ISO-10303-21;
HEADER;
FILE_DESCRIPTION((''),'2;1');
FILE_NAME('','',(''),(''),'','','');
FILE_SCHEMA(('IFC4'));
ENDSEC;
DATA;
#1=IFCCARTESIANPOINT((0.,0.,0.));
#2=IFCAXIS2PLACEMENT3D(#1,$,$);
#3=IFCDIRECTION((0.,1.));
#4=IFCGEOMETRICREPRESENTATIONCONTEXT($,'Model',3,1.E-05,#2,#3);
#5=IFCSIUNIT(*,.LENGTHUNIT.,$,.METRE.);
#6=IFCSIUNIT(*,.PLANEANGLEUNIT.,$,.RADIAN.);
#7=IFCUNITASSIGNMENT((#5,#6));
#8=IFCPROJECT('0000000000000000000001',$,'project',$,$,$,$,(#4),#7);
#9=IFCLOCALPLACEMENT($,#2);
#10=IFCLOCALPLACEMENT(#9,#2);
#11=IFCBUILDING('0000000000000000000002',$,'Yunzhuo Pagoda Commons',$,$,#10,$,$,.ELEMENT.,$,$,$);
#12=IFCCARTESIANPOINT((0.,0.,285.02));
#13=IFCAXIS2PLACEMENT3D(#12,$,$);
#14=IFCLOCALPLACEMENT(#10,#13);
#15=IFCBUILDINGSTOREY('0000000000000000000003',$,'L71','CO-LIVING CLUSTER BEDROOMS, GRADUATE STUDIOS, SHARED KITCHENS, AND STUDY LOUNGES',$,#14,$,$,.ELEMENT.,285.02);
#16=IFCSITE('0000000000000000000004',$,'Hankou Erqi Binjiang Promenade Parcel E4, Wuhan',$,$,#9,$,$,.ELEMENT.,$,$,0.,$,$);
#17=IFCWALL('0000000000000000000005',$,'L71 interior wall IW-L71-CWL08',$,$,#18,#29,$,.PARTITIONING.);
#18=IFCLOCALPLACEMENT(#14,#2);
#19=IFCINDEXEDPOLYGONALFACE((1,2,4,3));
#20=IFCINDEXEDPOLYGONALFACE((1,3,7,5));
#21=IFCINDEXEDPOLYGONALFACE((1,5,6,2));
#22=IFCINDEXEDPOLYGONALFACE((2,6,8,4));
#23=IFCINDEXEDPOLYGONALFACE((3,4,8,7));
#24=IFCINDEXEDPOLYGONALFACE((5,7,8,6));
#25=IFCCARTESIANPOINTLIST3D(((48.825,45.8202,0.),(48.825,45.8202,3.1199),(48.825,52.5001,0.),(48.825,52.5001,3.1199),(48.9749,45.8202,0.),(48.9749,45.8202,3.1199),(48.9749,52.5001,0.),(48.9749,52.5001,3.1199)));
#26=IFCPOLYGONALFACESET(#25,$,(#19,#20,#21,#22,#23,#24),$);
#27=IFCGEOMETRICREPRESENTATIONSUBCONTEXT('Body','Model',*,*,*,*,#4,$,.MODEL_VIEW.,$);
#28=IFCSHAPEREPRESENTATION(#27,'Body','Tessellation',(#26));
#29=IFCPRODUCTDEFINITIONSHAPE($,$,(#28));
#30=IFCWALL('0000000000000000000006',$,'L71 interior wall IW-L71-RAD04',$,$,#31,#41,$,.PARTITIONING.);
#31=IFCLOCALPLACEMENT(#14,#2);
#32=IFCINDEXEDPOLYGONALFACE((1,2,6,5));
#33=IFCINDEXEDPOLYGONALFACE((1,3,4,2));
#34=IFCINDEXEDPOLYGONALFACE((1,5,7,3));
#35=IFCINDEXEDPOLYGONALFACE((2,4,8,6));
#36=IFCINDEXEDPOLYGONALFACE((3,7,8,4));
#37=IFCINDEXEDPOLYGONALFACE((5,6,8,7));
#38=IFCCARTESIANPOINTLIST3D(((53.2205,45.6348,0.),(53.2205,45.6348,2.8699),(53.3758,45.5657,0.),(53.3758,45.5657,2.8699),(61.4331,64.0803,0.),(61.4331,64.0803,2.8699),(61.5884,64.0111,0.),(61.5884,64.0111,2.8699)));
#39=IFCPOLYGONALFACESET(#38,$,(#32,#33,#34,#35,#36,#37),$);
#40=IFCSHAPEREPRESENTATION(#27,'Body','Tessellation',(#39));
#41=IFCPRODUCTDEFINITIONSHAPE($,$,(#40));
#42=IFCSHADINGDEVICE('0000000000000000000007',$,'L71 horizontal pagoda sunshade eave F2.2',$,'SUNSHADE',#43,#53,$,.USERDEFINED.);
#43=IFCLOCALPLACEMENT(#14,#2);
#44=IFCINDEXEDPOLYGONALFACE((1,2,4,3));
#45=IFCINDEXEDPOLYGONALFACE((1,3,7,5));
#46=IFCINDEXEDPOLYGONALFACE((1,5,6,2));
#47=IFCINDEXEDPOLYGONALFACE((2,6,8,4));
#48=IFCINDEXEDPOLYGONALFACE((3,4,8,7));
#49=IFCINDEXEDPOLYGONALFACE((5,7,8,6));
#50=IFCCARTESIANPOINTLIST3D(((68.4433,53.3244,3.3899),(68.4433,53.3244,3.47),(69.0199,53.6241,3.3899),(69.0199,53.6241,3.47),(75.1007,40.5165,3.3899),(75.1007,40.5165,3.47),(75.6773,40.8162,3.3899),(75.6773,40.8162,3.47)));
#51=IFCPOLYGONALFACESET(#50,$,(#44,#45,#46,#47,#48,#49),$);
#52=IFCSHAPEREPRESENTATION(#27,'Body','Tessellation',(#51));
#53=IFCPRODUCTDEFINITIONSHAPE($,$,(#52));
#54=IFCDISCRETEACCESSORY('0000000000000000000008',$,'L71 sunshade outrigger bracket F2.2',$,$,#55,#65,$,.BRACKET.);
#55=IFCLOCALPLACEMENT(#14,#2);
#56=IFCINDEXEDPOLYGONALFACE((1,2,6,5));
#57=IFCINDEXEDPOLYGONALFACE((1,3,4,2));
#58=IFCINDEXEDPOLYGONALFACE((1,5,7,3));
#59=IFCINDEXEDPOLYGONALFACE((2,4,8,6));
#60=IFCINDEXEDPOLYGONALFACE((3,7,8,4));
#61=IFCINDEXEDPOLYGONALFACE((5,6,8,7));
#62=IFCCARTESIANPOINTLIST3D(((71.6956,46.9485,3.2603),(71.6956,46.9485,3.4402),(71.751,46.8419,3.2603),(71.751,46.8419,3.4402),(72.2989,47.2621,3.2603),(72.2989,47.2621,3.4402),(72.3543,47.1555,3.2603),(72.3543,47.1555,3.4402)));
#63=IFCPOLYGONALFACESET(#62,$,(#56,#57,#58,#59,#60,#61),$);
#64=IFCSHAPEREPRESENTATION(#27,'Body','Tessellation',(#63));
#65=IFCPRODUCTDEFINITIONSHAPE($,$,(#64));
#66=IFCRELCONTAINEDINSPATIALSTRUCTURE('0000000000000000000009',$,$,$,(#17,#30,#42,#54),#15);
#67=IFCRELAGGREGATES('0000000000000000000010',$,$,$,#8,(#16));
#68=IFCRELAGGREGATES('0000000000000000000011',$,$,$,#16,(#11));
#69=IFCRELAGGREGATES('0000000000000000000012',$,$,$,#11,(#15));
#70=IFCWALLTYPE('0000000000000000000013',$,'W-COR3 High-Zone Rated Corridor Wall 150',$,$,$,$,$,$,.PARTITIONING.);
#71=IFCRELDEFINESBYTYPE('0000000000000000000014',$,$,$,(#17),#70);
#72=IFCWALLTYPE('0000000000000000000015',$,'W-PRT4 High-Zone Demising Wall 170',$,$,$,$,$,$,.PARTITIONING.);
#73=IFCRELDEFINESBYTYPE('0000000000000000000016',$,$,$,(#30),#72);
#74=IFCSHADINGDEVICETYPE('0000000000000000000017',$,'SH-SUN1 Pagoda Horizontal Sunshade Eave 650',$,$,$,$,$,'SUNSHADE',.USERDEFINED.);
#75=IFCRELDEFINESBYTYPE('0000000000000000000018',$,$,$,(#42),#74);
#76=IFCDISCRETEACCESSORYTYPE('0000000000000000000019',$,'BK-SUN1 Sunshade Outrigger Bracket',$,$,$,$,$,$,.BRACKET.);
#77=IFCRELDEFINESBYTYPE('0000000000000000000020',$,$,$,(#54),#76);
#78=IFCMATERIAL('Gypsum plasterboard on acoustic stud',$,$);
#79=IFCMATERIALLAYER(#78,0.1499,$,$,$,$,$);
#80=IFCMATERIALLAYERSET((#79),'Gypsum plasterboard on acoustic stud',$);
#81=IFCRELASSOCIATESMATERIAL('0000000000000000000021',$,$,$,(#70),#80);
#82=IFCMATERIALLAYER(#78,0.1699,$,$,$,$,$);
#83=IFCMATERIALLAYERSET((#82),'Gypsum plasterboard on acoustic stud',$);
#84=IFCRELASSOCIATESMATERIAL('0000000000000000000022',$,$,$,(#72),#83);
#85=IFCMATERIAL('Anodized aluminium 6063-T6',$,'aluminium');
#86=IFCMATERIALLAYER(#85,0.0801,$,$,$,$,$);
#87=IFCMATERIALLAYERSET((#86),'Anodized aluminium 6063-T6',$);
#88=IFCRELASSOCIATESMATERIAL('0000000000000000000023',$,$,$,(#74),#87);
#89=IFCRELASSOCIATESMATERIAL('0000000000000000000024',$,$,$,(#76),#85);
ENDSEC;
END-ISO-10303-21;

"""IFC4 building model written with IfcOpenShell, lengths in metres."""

from ifc_helpers import new_model, si_unit, direction, frame, frame_2d, origin, origin_2d, place, context, subcontext, project, spatial, rectangle, extrude, source, transform, mapped, material, layer, layer_set, type_object, element, save


model = new_model("IFC4")

# Units and contexts
model_context = context("Model", 3, precision=1e-05, world=origin(), true_north=direction((0.0, 1.0)))
body_context = subcontext(model_context, "Body", "Model", "MODEL_VIEW")
ifc_project = project(units=[si_unit("LENGTHUNIT", "METRE"), si_unit("PLANEANGLEUNIT", "RADIAN")], contexts=[model_context])

# Site, building, storey
site_placement = place(None, origin())
site = spatial("IfcSite", under=ifc_project, at=site_placement, Name="Hankou Erqi Binjiang Promenade Parcel E4, Wuhan", CompositionType="ELEMENT", RefElevation=0.0)
building_placement = place(site_placement, origin())
building = spatial("IfcBuilding", under=site, at=building_placement, Name="Yunzhuo Pagoda Commons", CompositionType="ELEMENT")
storey_placement = place(building_placement, frame((0.0, 0.0, 285.02)))
storey = spatial("IfcBuildingStorey", under=building, at=storey_placement, Name="L71", Description="CO-LIVING CLUSTER BEDROOMS, GRADUATE STUDIOS, SHARED KITCHENS, AND STUDY LOUNGES", CompositionType="ELEMENT", Elevation=285.02)

# Shared definitions
ifc_material_1 = material(Name="Anodized aluminium 6063-T6", Category="aluminium")

# Shared definitions
ifc_material_2 = material(Name="Gypsum plasterboard on acoustic stud")
ifc_layer_1 = layer(ifc_material_2, 0.1499)
ifc_layer_set_1 = layer_set([ifc_layer_1], Name="Gypsum plasterboard on acoustic stud")
wall_type_1 = type_object("IfcWallType", Name="W-COR3 High-Zone Rated Corridor Wall 150", PredefinedType="PARTITIONING", material=ifc_layer_set_1)

# Walls
wall_1_placement = place(storey_placement, frame((48.8999, 52.5, 0.0), z_axis=(0.0, 0.0, 1.0), x_axis=(0.0, -1.0, 0.0)))
element("IfcWall", 1, at=wall_1_placement, inside=storey, type_object=wall_type_1, Name="L71 interior wall IW-L71-CWL08", PredefinedType="PARTITIONING", context=body_context, shape_type="SweptSolid", body=[
    extrude(rectangle(XDim=6.6799, YDim=0.1499, at=frame_2d((3.3398, 0.0))), origin(), (0.0, 0.0, 1.0), 3.1199),
])
ifc_layer_2 = layer(ifc_material_2, 0.1699)
ifc_layer_set_2 = layer_set([ifc_layer_2], Name="Gypsum plasterboard on acoustic stud")
wall_type_2 = type_object("IfcWallType", Name="W-PRT4 High-Zone Demising Wall 170", PredefinedType="PARTITIONING", material=ifc_layer_set_2)
wall_2_placement = place(storey_placement, frame((53.2981, 45.6001, 0.0), z_axis=(0.0, 0.0, 1.0), x_axis=(0.406743, 0.913543, 0.0)))
element("IfcWall", 2, at=wall_2_placement, inside=storey, type_object=wall_type_2, Name="L71 interior wall IW-L71-RAD04", PredefinedType="PARTITIONING", context=body_context, shape_type="SweptSolid", body=[
    extrude(rectangle(XDim=20.1912, YDim=0.1699, at=frame_2d((10.0957, 0.0))), origin(), (0.0, 0.0, 1.0), 2.8699),
])

# Shading device
ifc_layer_3 = layer(ifc_material_1, 0.0801)
ifc_layer_set_3 = layer_set([ifc_layer_3], Name="Anodized aluminium 6063-T6")
shading_device_type = type_object("IfcShadingDeviceType", Name="SH-SUN1 Pagoda Horizontal Sunshade Eave 650", ElementType="SUNSHADE", PredefinedType="USERDEFINED", material=ifc_layer_set_3)
shared_shape_1 = source(origin(), body_context, "Body", "SweptSolid", [
    extrude(rectangle(XDim=14.4348, YDim=0.6499, at=origin_2d()), origin(), (0.0, 0.0, 1.0), 0.0801),
])
shading_device_placement = place(storey_placement, frame((72.0603, 47.0703, 3.3899), z_axis=(0.0, 0.0, 1.0), x_axis=(-0.461207, 0.887293, 0.0)))
element("IfcShadingDevice", 3, at=shading_device_placement, inside=storey, type_object=shading_device_type, Name="L71 horizontal pagoda sunshade eave F2.2", ObjectType="SUNSHADE", PredefinedType="USERDEFINED", context=body_context, shape_type="MappedRepresentation", body=[
    mapped(shared_shape_1, transform((0.0, 0.0, 0.0), scale=1.0)),
])

# Discrete accessory
discrete_accessory_type = type_object("IfcDiscreteAccessoryType", Name="BK-SUN1 Sunshade Outrigger Bracket", PredefinedType="BRACKET", material=ifc_material_1)
shared_shape_2 = source(origin(), body_context, "Body", "SweptSolid", [
    extrude(rectangle(XDim=0.1201, YDim=0.6799, at=origin_2d()), origin(), (0.0, 0.0, 1.0), 0.1799),
])
discrete_accessory_placement = place(storey_placement, frame((72.0249, 47.052, 3.2603), z_axis=(0.0, 0.0, 1.0), x_axis=(-0.461207, 0.887293, 0.0)))
element("IfcDiscreteAccessory", 4, at=discrete_accessory_placement, inside=storey, type_object=discrete_accessory_type, Name="L71 sunshade outrigger bracket F2.2", PredefinedType="BRACKET", context=body_context, shape_type="MappedRepresentation", body=[
    mapped(shared_shape_2, transform((0.0, 0.0, 0.0), scale=1.0)),
])

save(model, "model.ifc")
